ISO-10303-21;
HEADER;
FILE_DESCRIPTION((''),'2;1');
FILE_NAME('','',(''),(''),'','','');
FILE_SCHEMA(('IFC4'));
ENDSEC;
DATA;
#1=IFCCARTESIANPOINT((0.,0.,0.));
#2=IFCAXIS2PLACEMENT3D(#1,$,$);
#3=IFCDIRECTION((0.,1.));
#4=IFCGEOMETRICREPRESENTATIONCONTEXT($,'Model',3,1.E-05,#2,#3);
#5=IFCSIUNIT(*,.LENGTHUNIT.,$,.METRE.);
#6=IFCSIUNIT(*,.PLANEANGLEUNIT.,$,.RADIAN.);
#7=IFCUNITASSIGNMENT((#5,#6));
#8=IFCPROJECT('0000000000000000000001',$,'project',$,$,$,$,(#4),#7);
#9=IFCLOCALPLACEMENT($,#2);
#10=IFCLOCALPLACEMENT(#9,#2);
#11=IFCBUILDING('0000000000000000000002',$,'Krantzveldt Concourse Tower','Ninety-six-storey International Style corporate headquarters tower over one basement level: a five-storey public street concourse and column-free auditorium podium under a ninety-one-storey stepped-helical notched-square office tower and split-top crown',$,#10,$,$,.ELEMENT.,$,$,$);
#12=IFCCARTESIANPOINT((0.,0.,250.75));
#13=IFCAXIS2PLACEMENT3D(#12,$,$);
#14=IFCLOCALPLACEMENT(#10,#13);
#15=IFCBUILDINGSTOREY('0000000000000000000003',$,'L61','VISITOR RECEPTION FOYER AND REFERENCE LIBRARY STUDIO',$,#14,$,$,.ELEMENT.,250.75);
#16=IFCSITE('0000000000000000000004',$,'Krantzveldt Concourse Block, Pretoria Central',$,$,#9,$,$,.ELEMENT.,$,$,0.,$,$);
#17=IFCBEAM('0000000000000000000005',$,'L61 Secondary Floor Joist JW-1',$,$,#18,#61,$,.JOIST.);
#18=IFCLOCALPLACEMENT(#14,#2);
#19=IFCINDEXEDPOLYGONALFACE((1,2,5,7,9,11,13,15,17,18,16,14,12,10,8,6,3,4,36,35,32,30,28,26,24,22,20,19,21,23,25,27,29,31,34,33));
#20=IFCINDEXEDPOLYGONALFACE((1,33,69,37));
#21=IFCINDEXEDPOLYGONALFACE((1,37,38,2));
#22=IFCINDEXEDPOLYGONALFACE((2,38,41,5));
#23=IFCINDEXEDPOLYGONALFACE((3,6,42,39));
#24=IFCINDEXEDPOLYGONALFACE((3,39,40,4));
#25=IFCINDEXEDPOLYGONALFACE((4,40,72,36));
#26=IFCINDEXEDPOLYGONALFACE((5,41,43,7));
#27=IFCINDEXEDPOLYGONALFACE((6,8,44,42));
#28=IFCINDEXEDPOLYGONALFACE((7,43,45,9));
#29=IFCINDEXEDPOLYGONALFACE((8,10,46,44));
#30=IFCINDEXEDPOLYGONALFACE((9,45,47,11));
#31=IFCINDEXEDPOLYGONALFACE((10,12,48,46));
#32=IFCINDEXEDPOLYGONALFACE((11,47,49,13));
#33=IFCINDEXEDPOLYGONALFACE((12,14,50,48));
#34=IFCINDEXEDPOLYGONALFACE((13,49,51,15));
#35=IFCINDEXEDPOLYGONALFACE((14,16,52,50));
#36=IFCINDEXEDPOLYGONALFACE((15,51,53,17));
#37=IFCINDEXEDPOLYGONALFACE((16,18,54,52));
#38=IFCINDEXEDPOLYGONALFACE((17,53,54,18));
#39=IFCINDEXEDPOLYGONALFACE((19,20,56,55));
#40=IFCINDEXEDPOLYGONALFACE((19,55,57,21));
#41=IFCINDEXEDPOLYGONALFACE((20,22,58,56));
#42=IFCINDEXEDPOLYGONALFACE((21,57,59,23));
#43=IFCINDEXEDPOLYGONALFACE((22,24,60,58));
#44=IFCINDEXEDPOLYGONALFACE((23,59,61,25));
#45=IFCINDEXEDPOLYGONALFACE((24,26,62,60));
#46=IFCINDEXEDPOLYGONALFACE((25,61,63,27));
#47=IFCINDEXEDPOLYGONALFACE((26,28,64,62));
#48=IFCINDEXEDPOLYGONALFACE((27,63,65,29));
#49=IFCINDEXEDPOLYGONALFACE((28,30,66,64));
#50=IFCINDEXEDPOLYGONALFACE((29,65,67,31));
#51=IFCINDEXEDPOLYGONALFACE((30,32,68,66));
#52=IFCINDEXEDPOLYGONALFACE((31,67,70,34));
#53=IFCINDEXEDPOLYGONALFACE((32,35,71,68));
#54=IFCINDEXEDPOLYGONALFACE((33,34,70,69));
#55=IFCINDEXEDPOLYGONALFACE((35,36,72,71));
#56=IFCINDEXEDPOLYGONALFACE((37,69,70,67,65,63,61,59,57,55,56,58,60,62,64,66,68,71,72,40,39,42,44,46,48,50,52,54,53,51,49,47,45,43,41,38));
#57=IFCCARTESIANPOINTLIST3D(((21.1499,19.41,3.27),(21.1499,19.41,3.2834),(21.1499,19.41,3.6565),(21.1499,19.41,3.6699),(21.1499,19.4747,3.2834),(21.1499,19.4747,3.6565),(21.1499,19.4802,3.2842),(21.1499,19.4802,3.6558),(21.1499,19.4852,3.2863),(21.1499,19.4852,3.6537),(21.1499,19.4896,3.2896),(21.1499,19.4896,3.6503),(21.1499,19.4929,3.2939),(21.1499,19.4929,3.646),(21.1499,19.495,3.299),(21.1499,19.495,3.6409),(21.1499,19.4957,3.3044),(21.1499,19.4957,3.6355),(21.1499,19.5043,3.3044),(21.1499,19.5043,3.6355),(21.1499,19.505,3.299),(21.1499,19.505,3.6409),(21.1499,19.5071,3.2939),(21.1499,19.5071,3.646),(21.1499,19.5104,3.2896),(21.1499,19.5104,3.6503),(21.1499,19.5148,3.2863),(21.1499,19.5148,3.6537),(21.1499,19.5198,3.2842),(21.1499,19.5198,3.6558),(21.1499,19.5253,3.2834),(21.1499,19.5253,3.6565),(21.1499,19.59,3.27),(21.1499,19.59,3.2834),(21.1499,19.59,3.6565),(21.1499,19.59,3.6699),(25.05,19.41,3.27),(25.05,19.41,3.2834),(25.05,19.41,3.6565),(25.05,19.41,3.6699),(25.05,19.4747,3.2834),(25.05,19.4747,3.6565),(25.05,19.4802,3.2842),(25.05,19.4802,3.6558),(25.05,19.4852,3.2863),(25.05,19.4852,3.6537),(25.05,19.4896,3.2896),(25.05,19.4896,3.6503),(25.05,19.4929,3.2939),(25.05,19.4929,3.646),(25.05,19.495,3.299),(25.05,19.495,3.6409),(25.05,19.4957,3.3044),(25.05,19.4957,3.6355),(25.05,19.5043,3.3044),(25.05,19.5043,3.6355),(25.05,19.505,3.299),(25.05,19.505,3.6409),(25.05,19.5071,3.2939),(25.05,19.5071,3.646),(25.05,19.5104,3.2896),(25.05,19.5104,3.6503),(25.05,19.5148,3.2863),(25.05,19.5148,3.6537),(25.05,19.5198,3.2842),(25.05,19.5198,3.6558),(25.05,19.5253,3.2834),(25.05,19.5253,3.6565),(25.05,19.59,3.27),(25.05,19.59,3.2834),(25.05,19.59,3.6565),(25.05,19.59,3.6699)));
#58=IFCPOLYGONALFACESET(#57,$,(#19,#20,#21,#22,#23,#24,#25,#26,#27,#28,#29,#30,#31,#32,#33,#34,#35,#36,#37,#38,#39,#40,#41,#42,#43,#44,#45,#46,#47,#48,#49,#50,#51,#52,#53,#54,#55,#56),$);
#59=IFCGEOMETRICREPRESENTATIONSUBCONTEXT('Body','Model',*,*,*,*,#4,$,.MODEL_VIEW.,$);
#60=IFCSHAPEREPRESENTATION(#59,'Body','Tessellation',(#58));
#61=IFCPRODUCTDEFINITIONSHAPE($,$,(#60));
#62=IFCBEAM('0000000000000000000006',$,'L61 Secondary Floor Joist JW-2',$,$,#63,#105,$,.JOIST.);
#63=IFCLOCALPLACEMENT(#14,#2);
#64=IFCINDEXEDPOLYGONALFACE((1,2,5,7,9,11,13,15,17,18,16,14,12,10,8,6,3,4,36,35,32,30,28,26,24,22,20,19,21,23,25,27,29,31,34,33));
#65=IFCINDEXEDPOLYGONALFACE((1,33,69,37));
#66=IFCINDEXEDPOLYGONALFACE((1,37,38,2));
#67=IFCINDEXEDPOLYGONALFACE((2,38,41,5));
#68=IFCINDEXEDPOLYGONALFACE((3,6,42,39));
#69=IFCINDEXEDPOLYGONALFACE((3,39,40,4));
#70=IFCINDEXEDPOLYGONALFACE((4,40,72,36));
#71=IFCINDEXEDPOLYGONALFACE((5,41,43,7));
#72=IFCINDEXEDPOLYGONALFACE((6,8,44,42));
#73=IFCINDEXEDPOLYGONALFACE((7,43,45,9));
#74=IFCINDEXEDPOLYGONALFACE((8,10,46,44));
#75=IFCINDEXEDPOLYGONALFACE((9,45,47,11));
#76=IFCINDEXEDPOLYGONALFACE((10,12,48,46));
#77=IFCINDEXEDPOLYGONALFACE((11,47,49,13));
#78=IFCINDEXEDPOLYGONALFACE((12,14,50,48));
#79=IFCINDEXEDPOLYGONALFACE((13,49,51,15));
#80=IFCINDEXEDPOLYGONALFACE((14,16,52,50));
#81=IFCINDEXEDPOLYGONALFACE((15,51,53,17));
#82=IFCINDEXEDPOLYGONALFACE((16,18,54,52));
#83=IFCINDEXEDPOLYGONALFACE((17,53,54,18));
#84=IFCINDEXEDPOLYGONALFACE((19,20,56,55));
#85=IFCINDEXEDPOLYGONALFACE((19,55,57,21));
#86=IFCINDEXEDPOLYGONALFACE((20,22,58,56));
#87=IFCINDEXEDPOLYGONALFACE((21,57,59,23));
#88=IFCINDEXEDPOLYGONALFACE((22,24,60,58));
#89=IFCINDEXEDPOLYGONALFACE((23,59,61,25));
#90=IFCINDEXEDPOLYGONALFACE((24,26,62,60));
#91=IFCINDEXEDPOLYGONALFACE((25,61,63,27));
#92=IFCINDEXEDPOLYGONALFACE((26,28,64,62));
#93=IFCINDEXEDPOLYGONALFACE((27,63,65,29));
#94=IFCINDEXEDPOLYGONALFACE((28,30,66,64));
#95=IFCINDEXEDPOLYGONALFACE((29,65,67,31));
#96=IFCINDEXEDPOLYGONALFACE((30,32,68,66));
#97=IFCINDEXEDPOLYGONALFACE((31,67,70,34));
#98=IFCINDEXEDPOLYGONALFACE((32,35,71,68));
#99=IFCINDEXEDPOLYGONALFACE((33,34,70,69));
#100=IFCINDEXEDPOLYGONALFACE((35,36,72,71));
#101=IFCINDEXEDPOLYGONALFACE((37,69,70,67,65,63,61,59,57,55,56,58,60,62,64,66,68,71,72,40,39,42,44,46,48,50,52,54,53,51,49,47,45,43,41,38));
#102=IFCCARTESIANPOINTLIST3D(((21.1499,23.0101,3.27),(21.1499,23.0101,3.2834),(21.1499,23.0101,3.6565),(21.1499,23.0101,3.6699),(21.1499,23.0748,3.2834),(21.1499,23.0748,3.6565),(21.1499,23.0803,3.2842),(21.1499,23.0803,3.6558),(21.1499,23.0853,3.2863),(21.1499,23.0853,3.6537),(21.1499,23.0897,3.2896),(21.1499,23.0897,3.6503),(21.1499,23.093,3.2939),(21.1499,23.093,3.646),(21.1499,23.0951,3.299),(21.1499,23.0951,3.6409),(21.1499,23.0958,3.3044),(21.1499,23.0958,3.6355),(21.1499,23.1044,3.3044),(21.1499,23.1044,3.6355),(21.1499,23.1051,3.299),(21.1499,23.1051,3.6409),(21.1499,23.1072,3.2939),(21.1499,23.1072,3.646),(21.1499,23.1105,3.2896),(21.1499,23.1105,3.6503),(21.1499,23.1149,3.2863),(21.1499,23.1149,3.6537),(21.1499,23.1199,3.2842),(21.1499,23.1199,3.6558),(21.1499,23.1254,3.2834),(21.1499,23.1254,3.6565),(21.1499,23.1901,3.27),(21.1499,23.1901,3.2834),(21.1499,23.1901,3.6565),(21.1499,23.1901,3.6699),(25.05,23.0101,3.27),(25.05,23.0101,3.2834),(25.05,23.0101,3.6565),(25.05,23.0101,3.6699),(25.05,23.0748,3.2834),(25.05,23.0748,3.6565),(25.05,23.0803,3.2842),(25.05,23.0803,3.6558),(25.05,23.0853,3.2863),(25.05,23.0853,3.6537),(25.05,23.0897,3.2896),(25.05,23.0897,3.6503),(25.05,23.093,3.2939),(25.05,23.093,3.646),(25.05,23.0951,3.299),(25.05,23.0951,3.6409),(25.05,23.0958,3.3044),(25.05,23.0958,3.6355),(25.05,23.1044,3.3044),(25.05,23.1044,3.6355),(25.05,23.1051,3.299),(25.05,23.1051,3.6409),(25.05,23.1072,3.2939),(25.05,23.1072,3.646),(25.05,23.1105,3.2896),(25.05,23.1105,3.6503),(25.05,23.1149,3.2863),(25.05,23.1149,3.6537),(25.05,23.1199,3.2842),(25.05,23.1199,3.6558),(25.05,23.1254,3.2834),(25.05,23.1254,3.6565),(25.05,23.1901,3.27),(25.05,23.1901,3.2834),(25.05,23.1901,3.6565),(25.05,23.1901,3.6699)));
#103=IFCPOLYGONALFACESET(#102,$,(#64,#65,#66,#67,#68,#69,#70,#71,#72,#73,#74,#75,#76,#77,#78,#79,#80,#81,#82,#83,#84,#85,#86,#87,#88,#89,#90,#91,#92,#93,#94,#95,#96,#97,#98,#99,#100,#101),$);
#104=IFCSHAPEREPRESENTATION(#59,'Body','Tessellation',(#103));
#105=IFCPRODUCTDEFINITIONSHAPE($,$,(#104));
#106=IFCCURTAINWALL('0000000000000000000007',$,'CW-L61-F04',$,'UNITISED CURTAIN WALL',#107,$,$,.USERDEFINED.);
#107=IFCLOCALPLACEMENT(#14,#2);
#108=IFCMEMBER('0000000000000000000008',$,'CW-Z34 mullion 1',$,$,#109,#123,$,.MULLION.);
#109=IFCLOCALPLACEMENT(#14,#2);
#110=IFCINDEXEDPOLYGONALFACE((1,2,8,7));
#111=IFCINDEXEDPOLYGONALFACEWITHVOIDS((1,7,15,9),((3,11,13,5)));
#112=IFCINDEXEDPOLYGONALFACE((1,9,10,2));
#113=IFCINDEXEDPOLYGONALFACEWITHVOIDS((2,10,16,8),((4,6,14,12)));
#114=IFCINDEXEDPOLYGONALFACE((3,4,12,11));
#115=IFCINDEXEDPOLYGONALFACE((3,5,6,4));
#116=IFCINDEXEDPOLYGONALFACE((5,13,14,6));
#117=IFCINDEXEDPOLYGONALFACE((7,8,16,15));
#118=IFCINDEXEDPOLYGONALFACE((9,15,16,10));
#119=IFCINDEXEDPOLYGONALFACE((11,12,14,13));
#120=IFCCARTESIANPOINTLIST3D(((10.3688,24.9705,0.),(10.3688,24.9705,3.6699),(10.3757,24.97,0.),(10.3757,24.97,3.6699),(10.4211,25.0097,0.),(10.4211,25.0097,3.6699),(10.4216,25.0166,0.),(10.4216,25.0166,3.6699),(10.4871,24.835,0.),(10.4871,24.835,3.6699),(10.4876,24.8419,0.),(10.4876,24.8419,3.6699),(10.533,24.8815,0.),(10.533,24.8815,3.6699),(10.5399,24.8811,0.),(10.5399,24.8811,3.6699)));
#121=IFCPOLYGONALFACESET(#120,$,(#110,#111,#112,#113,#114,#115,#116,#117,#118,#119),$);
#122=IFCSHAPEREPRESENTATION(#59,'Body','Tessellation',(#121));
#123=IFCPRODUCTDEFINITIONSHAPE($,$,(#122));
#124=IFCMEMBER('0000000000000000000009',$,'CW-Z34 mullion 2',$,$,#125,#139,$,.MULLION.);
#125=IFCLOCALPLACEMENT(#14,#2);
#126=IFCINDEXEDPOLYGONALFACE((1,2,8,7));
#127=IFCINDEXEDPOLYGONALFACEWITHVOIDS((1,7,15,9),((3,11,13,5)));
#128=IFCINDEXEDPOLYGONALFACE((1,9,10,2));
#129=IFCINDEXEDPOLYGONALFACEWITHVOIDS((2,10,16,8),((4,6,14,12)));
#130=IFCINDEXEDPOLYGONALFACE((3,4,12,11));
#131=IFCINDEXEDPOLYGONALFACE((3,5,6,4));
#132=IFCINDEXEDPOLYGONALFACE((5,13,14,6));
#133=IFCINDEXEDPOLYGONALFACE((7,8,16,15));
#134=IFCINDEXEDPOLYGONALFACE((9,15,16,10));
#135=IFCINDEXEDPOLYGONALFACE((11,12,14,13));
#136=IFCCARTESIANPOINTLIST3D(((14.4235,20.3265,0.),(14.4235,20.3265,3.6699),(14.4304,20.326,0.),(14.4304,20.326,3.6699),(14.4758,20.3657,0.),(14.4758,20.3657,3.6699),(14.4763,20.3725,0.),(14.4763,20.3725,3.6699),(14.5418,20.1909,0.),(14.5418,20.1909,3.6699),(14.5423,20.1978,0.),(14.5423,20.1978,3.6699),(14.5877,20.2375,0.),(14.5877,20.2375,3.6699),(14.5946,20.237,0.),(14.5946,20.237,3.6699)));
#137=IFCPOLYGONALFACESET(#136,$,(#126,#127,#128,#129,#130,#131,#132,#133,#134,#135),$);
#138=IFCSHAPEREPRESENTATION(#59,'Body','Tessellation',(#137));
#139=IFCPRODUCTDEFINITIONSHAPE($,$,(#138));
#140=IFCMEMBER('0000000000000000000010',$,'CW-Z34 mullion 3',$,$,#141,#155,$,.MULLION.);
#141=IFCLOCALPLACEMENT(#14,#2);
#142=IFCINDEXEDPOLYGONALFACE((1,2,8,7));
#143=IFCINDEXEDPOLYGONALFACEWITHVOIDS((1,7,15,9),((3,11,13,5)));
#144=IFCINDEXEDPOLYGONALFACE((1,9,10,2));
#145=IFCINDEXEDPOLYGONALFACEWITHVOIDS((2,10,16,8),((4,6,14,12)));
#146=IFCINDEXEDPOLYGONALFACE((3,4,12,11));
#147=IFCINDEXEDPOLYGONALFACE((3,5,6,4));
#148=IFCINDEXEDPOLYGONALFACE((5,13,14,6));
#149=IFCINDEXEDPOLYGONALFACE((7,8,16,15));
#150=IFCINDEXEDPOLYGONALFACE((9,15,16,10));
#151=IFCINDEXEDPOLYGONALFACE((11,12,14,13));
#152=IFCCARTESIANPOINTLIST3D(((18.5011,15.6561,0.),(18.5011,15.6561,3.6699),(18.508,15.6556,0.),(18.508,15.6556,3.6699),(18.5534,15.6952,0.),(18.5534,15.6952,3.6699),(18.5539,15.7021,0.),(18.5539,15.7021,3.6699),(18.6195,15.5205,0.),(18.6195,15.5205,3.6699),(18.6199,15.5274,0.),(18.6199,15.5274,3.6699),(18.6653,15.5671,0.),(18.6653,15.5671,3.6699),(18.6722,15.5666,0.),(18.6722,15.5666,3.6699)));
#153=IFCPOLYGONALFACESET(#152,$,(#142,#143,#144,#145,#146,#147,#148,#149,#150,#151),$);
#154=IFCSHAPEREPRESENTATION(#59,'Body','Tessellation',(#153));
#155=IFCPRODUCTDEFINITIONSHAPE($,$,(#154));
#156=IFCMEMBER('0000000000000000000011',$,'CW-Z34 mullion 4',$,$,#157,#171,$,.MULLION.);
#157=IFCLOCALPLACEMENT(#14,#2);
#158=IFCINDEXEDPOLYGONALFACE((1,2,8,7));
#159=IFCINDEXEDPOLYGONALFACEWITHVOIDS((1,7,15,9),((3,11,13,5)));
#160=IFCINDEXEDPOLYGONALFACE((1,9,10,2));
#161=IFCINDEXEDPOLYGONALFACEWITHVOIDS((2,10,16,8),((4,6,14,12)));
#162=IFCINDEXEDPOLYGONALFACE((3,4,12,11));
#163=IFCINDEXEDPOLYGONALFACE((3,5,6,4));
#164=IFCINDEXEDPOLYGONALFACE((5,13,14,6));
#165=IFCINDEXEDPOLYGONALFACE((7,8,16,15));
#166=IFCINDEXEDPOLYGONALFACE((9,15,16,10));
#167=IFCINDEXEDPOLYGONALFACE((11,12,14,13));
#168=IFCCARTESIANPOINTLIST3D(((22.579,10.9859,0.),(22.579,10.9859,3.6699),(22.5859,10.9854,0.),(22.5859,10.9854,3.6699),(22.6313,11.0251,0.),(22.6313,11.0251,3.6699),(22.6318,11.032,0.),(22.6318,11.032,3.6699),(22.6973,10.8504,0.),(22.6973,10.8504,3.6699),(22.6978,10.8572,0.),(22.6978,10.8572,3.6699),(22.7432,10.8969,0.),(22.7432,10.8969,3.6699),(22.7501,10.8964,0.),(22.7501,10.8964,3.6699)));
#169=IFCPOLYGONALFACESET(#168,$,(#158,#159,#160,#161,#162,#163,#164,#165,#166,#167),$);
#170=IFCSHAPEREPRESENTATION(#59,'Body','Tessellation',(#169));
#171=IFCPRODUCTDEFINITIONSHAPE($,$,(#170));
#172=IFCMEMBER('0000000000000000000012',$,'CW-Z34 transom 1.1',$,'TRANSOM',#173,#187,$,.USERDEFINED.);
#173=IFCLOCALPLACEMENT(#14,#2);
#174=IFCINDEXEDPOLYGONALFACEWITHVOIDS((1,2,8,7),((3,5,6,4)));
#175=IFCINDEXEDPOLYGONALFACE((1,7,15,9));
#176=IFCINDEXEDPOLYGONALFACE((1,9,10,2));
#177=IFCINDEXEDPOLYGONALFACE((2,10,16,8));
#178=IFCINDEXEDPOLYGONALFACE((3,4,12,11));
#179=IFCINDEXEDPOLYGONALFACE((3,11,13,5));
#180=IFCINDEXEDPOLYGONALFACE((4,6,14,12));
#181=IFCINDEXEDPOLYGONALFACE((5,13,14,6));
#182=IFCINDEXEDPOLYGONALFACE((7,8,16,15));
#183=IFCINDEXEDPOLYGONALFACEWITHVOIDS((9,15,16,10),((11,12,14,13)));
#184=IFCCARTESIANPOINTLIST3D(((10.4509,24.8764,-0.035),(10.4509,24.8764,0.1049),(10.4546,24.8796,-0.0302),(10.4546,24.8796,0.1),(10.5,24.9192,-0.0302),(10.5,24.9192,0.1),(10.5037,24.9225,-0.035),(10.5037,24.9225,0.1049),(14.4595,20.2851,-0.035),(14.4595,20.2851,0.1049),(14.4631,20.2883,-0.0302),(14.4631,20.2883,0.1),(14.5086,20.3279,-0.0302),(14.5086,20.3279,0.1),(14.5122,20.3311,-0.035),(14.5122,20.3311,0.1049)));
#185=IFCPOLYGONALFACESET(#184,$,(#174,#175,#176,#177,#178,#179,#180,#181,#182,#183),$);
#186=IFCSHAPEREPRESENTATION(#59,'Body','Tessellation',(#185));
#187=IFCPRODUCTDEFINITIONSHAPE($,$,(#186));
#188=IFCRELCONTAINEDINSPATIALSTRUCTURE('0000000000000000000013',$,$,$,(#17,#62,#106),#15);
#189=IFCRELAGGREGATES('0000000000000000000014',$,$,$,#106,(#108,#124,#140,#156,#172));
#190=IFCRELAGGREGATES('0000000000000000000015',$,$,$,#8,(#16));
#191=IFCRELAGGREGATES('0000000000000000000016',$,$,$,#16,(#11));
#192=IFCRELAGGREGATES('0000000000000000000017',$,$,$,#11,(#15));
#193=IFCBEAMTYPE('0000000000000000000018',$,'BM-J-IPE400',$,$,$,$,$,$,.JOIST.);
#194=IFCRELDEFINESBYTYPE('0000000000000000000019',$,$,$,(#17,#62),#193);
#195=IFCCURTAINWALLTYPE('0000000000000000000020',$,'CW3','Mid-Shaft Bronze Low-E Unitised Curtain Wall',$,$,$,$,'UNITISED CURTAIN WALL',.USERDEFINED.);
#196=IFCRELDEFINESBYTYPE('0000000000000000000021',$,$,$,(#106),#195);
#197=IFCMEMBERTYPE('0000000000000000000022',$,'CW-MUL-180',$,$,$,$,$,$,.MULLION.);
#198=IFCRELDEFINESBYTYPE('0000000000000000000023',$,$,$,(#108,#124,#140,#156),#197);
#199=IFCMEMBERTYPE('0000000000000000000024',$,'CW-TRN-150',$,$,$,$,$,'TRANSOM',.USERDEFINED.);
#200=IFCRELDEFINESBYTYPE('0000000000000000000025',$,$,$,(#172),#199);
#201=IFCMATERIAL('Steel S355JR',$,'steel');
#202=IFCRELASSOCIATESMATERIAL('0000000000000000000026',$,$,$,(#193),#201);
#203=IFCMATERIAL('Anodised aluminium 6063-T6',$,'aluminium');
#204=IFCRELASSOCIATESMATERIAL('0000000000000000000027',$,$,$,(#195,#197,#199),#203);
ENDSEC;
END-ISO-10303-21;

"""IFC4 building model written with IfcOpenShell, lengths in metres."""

from ifc_helpers import new_model, si_unit, direction, frame, origin, origin_2d, place, context, subcontext, project, spatial, hollow_rectangle, i_section, extrude, source, transform, mapped, material, material_profile, profile_set, type_object, type_shapes, element, aggregate, save


model = new_model("IFC4")

# Units and contexts
model_context = context("Model", 3, precision=1e-05, world=origin(), true_north=direction((0.0, 1.0)))
body_context = subcontext(model_context, "Body", "Model", "MODEL_VIEW")
ifc_project = project(units=[si_unit("LENGTHUNIT", "METRE"), si_unit("PLANEANGLEUNIT", "RADIAN")], contexts=[model_context])

# Site, building, storey
site_placement = place(None, origin())
site = spatial("IfcSite", under=ifc_project, at=site_placement, Name="Krantzveldt Concourse Block, Pretoria Central", CompositionType="ELEMENT", RefElevation=0.0)
building_placement = place(site_placement, origin())
building = spatial("IfcBuilding", under=site, at=building_placement, Name="Krantzveldt Concourse Tower", Description="Ninety-six-storey International Style corporate headquarters tower over one basement level: a five-storey public street concourse and column-free auditorium podium under a ninety-one-storey stepped-helical notched-square office tower and split-top crown", CompositionType="ELEMENT")
storey_placement = place(building_placement, frame((0.0, 0.0, 250.75)))
storey = spatial("IfcBuildingStorey", under=building, at=storey_placement, Name="L61", Description="VISITOR RECEPTION FOYER AND REFERENCE LIBRARY STUDIO", CompositionType="ELEMENT", Elevation=250.75)

# Beams
ifc_material_1 = material(Name="Steel S355JR", Category="steel")
ifc_material_profile_1 = material_profile(ifc_material_1, i_section(OverallWidth=0.1799, OverallDepth=0.3999, WebThickness=0.0085, FlangeThickness=0.0134, FilletRadius=0.021, at=origin_2d()), Name="Steel S355JR", Category="steel")
ifc_profile_set_1 = profile_set([ifc_material_profile_1], Name="Steel S355JR - IPE 400")
beam_type_1 = type_object("IfcBeamType", Name="BM-J-IPE400", PredefinedType="JOIST", material=ifc_profile_set_1)
shared_shape_1 = source(origin(), body_context, "Body", "SweptSolid", [
    extrude(i_section(OverallWidth=0.1799, OverallDepth=0.3999, WebThickness=0.0085, FlangeThickness=0.0134, FilletRadius=0.021, at=origin_2d()), origin(), (0.0, 0.0, 1.0), 3.9001),
])
type_shapes(beam_type_1, [shared_shape_1])
for number, where, z_axis, x_axis, name in (
    (1, (21.1499, 19.5, 3.47), (1.0, 0.0, 0.0), (0.0, 1.0, 0.0), "L61 Secondary Floor Joist JW-1"),
    (2, (21.1499, 23.1001, 3.47), (1.0, 0.0, 0.0), (0.0, 1.0, 0.0), "L61 Secondary Floor Joist JW-2"),
):
    element("IfcBeam", number, at=place(storey_placement, frame(where, z_axis=z_axis, x_axis=x_axis)), inside=storey, type_object=beam_type_1, Name=name, PredefinedType="JOIST", context=body_context, shape_type="MappedRepresentation", body=[
        mapped(shared_shape_1, transform((0.0, 0.0, 0.0), x_axis=(1.0, 0.0, 0.0), y_axis=(0.0, 1.0, 0.0), z_axis=(0.0, 0.0, 1.0), scale=1.0)),
    ])

# Curtain wall, members
ifc_material_2 = material(Name="Anodised aluminium 6063-T6", Category="aluminium")
curtain_wall_type = type_object("IfcCurtainWallType", Name="CW3", Description="Mid-Shaft Bronze Low-E Unitised Curtain Wall", ElementType="UNITISED CURTAIN WALL", PredefinedType="USERDEFINED", material=ifc_material_2)
curtain_wall_placement = place(storey_placement, origin())
curtain_wall = element("IfcCurtainWall", 3, at=curtain_wall_placement, inside=storey, type_object=curtain_wall_type, Name="CW-L61-F04", ObjectType="UNITISED CURTAIN WALL", PredefinedType="USERDEFINED")
ifc_material_profile_2 = material_profile(ifc_material_2, hollow_rectangle(XDim=0.0701, YDim=0.1799, WallThickness=0.0049, at=origin_2d()), Name="Anodised aluminium 6063-T6", Category="aluminium")
ifc_profile_set_2 = profile_set([ifc_material_profile_2], Name="Anodised aluminium 6063-T6 - ALU-MULL 180x70x5")
member_type_1 = type_object("IfcMemberType", Name="CW-MUL-180", PredefinedType="MULLION", material=ifc_profile_set_2)
shared_shape_2 = source(origin(), body_context, "Body", "SweptSolid", [
    extrude(hollow_rectangle(XDim=0.0701, YDim=0.1799, WallThickness=0.0049, at=origin_2d()), origin(), (0.0, 0.0, 1.0), 3.6699),
])
type_shapes(member_type_1, [shared_shape_2])
member_1_placement = place(storey_placement, frame((10.4543, 24.9258, 0.0), z_axis=(0.0, 0.0, 1.0), x_axis=(0.753277, 0.657704, 0.0)))
member_1 = element("IfcMember", 4, at=member_1_placement, type_object=member_type_1, Name="CW-Z34 mullion 1", PredefinedType="MULLION", context=body_context, shape_type="MappedRepresentation", body=[
    mapped(shared_shape_2, transform((0.0, 0.0, 0.0), x_axis=(1.0, 0.0, 0.0), y_axis=(0.0, 1.0, 0.0), z_axis=(0.0, 0.0, 1.0), scale=1.0)),
])
member_2_placement = place(storey_placement, frame((14.509, 20.2817, 0.0), z_axis=(0.0, 0.0, 1.0), x_axis=(0.753277, 0.657704, 0.0)))
member_2 = element("IfcMember", 5, at=member_2_placement, type_object=member_type_1, Name="CW-Z34 mullion 2", PredefinedType="MULLION", context=body_context, shape_type="MappedRepresentation", body=[
    mapped(shared_shape_2, transform((0.0, 0.0, 0.0), x_axis=(1.0, 0.0, 0.0), y_axis=(0.0, 1.0, 0.0), z_axis=(0.0, 0.0, 1.0), scale=1.0)),
])
member_3_placement = place(storey_placement, frame((18.5867, 15.6113, 0.0), z_axis=(0.0, 0.0, 1.0), x_axis=(0.753277, 0.657704, 0.0)))
member_3 = element("IfcMember", 6, at=member_3_placement, type_object=member_type_1, Name="CW-Z34 mullion 3", PredefinedType="MULLION", context=body_context, shape_type="MappedRepresentation", body=[
    mapped(shared_shape_2, transform((0.0, 0.0, 0.0), x_axis=(1.0, 0.0, 0.0), y_axis=(0.0, 1.0, 0.0), z_axis=(0.0, 0.0, 1.0), scale=1.0)),
])
member_4_placement = place(storey_placement, frame((22.6646, 10.9412, 0.0), z_axis=(0.0, 0.0, 1.0), x_axis=(0.753277, 0.657704, 0.0)))
member_4 = element("IfcMember", 7, at=member_4_placement, type_object=member_type_1, Name="CW-Z34 mullion 4", PredefinedType="MULLION", context=body_context, shape_type="MappedRepresentation", body=[
    mapped(shared_shape_2, transform((0.0, 0.0, 0.0), x_axis=(1.0, 0.0, 0.0), y_axis=(0.0, 1.0, 0.0), z_axis=(0.0, 0.0, 1.0), scale=1.0)),
])
ifc_material_profile_3 = material_profile(ifc_material_2, hollow_rectangle(XDim=0.0701, YDim=0.1399, WallThickness=0.0049, at=origin_2d()), Name="Anodised aluminium 6063-T6", Category="aluminium")
ifc_profile_set_3 = profile_set([ifc_material_profile_3], Name="Anodised aluminium 6063-T6 - ALU-TRAN 140x70x5")
member_type_2 = type_object("IfcMemberType", Name="CW-TRN-150", ElementType="TRANSOM", PredefinedType="USERDEFINED", material=ifc_profile_set_3)
shared_shape_3 = source(origin(), body_context, "Body", "SweptSolid", [
    extrude(hollow_rectangle(XDim=0.0701, YDim=0.1399, WallThickness=0.0049, at=origin_2d()), origin(), (0.0, 0.0, 1.0), 6.095),
])
member_5_placement = place(storey_placement, frame((10.4773, 24.8994, 0.0349), z_axis=(0.657682, -0.753296, 0.0), x_axis=(0.753296, 0.657682, 0.0)))
member_5 = element("IfcMember", 8, at=member_5_placement, type_object=member_type_2, Name="CW-Z34 transom 1.1", ObjectType="TRANSOM", PredefinedType="USERDEFINED", context=body_context, shape_type="MappedRepresentation", body=[
    mapped(shared_shape_3, transform((0.0, 0.0, 0.0), x_axis=(1.0, 0.0, 0.0), y_axis=(0.0, 1.0, 0.0), z_axis=(0.0, 0.0, 1.0), scale=1.0)),
])

aggregate(curtain_wall, [member_1, member_2, member_3, member_4, member_5])

save(model, "model.ifc")
